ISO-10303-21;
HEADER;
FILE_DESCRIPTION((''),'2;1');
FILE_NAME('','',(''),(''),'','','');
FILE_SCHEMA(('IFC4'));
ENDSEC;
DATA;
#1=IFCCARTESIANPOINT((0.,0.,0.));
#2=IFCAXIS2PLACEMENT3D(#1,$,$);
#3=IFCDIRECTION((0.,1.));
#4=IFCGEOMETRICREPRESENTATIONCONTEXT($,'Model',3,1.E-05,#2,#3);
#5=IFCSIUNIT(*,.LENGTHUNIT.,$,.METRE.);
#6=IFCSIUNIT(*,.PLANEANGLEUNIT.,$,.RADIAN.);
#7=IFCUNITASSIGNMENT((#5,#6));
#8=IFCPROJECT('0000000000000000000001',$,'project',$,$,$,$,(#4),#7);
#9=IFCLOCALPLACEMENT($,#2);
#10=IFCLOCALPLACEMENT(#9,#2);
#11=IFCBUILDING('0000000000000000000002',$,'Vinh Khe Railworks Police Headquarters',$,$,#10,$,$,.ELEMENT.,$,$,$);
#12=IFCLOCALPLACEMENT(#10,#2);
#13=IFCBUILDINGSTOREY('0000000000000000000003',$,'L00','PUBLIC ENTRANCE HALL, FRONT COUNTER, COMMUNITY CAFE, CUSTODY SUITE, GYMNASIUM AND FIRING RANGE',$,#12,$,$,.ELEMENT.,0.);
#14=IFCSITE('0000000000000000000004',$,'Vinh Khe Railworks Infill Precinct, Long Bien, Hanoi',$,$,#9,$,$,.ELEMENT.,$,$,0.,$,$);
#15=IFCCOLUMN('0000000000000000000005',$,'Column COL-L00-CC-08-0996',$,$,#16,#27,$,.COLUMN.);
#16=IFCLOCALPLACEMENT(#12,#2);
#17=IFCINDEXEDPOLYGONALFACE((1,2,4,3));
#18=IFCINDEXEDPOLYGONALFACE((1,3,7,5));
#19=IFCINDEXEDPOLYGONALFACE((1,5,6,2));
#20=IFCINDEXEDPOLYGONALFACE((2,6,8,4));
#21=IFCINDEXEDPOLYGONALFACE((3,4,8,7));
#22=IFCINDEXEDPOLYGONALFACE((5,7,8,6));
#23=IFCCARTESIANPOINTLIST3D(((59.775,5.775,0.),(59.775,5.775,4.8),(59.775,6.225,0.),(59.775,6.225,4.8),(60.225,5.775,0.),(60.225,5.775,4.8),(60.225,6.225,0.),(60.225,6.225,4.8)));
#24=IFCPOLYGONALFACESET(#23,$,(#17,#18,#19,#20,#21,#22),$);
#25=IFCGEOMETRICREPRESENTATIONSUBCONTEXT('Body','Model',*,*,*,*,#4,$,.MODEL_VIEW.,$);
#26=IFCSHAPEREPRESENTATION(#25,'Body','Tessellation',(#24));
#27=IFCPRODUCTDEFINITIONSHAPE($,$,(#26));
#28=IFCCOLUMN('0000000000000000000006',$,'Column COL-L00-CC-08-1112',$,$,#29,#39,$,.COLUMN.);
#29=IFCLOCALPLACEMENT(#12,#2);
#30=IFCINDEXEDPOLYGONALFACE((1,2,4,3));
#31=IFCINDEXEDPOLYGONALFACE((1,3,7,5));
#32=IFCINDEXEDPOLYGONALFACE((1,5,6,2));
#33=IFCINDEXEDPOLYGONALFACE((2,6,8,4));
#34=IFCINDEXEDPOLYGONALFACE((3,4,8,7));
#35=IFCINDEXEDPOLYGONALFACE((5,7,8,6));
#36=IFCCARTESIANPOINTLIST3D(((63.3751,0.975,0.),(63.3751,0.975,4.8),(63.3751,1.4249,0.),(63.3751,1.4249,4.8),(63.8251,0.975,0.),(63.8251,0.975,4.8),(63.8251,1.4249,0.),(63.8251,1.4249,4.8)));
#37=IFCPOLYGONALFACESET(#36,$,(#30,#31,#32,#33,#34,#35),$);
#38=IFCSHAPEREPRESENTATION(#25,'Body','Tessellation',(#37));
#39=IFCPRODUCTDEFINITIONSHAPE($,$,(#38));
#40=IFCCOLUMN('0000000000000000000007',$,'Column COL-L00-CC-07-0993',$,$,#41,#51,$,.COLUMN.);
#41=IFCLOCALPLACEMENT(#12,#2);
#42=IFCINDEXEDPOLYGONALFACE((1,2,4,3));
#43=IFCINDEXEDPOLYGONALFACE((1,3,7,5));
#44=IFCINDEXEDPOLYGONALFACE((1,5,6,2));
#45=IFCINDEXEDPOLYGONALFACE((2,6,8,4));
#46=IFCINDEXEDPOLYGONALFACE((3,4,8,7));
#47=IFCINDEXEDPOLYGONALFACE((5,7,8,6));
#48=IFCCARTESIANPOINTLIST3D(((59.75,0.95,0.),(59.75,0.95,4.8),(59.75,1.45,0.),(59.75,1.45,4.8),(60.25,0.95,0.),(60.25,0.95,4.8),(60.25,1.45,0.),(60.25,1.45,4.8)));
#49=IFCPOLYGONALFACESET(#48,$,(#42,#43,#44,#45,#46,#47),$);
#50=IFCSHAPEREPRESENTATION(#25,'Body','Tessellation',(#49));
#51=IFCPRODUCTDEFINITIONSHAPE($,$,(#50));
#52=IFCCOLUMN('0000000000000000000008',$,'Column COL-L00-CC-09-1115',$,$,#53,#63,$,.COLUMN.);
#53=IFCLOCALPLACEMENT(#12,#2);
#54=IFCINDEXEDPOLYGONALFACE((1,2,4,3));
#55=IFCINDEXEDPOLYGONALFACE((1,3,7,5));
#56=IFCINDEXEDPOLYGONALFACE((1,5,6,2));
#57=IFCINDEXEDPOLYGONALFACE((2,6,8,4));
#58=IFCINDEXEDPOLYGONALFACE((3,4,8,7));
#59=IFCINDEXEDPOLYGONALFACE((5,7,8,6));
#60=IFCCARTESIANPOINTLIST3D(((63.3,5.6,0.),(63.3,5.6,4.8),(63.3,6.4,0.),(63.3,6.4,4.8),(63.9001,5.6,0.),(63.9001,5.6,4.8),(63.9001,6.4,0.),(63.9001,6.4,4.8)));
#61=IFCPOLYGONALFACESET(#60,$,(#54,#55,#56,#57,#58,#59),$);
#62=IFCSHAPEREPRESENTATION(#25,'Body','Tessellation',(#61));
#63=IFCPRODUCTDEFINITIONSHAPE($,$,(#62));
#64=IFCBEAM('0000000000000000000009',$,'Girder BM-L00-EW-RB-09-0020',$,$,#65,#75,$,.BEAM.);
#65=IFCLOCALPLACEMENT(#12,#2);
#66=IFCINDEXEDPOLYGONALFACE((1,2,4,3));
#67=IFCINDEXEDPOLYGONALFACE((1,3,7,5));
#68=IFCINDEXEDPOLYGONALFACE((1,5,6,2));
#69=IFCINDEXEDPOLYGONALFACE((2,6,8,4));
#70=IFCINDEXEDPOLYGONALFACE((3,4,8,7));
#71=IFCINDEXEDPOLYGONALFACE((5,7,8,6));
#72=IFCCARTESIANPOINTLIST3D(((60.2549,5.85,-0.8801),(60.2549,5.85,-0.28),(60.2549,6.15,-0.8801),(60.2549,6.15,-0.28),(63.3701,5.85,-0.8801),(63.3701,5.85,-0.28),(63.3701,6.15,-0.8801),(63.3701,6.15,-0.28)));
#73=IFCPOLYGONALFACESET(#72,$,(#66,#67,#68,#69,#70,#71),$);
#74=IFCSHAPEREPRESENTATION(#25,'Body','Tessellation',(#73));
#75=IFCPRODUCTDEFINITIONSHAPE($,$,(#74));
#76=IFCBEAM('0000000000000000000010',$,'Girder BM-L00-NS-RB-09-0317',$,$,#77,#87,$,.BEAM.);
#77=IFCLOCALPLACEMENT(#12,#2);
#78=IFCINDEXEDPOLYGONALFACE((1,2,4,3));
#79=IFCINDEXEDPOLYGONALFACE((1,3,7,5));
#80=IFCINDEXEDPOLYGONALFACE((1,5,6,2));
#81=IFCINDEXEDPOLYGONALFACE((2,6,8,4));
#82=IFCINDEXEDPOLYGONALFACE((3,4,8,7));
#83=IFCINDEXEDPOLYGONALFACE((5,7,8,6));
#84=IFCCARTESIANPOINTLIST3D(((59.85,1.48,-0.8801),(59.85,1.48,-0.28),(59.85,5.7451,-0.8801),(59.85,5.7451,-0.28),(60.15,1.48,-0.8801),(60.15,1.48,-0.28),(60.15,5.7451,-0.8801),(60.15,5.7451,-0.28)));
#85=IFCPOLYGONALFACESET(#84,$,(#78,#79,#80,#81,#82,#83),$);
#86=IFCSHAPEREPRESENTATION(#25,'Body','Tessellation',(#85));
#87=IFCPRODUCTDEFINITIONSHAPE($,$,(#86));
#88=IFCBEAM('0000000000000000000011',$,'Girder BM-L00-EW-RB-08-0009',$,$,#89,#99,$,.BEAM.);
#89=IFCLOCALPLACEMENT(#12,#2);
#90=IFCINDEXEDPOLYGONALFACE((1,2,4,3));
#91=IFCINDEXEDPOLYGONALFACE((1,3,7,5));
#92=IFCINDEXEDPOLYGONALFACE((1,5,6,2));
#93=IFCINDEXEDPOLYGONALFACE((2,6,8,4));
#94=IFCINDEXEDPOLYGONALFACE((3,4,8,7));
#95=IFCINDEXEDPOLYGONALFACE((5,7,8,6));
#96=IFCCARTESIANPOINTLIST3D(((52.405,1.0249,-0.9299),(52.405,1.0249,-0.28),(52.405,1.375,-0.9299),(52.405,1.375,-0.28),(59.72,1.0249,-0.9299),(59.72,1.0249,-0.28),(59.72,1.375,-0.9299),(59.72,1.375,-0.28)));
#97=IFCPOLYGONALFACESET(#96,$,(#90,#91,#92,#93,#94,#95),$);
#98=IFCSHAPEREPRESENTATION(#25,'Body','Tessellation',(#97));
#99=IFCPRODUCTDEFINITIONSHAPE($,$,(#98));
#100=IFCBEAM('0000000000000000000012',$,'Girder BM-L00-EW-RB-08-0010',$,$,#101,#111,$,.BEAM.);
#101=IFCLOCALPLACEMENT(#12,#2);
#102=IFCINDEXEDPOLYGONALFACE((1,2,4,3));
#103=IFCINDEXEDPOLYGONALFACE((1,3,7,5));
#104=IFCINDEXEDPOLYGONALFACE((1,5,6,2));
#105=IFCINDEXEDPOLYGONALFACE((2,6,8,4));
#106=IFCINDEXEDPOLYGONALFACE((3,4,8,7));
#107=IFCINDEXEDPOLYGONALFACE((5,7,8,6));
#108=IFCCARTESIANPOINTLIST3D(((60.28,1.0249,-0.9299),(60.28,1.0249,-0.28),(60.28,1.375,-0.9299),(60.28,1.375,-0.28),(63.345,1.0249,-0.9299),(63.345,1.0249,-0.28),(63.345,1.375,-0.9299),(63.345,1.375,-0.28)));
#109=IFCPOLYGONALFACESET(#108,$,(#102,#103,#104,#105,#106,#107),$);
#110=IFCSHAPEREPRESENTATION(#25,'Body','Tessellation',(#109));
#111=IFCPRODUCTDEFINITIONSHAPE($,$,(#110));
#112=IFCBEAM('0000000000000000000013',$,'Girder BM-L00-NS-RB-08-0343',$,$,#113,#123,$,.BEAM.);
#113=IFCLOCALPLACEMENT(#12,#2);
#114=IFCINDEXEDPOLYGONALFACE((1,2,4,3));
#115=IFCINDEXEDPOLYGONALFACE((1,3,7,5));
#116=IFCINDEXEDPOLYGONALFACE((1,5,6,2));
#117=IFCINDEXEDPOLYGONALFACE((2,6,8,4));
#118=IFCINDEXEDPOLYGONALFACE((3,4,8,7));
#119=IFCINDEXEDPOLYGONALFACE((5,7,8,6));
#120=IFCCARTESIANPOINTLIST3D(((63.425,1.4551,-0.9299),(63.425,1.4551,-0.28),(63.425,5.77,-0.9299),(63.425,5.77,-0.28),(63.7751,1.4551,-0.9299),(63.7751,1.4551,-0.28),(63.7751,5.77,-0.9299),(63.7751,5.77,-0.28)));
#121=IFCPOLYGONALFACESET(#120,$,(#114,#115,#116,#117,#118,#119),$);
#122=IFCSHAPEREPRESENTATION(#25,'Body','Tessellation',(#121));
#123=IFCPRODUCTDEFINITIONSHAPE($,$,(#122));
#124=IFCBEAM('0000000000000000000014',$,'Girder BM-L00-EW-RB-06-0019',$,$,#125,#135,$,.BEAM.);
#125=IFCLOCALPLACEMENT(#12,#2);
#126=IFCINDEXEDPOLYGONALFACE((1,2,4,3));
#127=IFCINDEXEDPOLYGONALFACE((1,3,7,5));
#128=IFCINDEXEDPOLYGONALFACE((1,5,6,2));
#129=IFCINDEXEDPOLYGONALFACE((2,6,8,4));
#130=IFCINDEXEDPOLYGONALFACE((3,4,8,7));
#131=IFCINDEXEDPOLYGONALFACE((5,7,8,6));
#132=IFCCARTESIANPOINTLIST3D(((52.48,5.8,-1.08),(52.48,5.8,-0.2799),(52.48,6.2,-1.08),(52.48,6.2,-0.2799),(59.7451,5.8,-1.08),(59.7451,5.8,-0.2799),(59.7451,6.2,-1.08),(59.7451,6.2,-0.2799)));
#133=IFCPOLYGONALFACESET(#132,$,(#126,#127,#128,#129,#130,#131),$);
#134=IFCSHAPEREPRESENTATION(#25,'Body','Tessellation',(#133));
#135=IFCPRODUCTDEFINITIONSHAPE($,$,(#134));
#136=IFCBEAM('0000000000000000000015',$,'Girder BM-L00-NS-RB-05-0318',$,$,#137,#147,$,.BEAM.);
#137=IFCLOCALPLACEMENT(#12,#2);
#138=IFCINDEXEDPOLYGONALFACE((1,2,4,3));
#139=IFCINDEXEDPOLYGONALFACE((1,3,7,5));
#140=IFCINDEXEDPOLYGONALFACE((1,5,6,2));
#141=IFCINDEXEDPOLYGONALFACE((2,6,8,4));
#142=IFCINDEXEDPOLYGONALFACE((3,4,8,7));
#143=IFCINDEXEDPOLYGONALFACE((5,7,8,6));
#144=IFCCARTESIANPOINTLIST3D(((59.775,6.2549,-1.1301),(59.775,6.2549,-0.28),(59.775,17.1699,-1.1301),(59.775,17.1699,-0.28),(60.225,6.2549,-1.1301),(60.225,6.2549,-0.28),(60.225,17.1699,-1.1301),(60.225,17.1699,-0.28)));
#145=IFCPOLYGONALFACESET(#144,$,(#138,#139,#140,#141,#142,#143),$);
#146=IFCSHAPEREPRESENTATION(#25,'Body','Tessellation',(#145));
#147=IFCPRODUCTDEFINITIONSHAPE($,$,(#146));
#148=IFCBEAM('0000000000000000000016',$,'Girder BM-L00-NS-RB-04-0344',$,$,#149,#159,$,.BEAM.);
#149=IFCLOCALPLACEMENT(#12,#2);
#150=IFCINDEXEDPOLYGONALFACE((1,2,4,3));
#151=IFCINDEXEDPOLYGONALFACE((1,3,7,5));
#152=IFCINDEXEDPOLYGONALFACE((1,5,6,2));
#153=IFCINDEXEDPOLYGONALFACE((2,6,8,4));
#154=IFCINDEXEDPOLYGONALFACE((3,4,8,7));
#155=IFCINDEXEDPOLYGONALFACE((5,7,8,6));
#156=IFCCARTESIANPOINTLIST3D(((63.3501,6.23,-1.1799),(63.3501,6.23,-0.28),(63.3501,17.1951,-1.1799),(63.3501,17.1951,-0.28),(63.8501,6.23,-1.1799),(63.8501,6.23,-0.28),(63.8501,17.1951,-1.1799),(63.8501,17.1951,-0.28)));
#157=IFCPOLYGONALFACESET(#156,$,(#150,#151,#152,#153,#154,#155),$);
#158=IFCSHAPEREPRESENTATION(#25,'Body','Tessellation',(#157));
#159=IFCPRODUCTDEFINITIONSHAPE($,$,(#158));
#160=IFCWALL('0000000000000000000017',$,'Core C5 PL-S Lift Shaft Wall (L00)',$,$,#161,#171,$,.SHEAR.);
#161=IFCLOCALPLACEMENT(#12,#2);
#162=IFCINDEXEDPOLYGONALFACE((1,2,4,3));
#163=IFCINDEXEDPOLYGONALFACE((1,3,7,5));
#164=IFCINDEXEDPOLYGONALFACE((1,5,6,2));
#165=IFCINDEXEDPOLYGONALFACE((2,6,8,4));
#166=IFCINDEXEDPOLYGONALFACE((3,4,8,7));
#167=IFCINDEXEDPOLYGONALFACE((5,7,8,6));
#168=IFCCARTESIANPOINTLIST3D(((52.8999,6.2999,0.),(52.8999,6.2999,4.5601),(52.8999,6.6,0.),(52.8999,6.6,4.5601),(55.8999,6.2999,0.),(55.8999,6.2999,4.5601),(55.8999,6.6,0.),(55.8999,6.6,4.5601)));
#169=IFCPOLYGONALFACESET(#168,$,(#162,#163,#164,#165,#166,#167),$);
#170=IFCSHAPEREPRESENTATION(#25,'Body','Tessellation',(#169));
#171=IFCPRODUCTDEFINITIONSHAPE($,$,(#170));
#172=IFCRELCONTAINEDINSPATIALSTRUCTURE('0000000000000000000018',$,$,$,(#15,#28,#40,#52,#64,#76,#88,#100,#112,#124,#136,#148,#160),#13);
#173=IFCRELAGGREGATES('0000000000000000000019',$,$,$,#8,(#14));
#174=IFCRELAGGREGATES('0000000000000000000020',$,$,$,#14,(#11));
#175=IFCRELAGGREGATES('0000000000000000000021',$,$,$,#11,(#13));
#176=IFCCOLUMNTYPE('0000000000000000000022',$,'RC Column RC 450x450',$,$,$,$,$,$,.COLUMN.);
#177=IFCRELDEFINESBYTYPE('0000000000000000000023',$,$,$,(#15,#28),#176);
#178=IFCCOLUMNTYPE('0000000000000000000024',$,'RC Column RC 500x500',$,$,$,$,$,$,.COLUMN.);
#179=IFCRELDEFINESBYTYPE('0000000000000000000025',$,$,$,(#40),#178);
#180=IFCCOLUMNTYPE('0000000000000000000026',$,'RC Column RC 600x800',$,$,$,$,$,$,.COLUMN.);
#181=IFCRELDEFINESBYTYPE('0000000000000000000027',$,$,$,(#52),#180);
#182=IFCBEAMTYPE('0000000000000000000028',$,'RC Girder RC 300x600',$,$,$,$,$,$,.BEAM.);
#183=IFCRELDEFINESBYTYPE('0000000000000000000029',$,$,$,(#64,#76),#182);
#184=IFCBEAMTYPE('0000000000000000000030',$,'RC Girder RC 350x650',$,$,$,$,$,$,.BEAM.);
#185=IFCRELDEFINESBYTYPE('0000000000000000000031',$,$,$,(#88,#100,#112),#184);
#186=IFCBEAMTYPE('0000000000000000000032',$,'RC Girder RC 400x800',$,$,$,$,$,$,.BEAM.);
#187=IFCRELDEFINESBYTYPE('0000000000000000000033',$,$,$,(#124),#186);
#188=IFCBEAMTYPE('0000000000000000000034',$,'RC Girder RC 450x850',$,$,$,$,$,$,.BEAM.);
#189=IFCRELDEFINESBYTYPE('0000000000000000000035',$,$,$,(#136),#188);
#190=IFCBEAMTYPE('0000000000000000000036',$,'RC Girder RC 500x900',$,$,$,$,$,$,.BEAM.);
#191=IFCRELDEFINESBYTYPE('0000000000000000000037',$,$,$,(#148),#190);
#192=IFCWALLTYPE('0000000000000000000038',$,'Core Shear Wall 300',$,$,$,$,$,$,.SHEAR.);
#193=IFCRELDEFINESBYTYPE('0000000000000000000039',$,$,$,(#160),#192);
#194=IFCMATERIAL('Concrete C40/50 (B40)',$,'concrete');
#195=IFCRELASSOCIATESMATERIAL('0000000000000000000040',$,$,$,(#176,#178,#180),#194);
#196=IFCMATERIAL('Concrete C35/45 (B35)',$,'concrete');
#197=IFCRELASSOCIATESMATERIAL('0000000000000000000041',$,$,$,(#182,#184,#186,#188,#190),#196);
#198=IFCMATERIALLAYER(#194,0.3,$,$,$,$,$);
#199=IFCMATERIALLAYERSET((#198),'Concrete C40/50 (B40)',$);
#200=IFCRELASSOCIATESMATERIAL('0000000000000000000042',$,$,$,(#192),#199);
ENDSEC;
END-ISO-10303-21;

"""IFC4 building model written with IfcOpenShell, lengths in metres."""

from ifc_helpers import new_model, si_unit, direction, frame, frame_2d, origin, origin_2d, place, context, subcontext, project, spatial, rectangle, extrude, material, layer, layer_set, material_profile, profile_set, type_object, element, save


model = new_model("IFC4")

# Units and contexts
model_context = context("Model", 3, precision=1e-05, world=origin(), true_north=direction((0.0, 1.0)))
body_context = subcontext(model_context, "Body", "Model", "MODEL_VIEW")
ifc_project = project(units=[si_unit("LENGTHUNIT", "METRE"), si_unit("PLANEANGLEUNIT", "RADIAN")], contexts=[model_context])

# Site, building, storey
site_placement = place(None, origin())
site = spatial("IfcSite", under=ifc_project, at=site_placement, Name="Vinh Khe Railworks Infill Precinct, Long Bien, Hanoi", CompositionType="ELEMENT", RefElevation=0.0)
building_placement = place(site_placement, origin())
building = spatial("IfcBuilding", under=site, at=building_placement, Name="Vinh Khe Railworks Police Headquarters", CompositionType="ELEMENT")
storey_placement = place(building_placement, origin())
storey = spatial("IfcBuildingStorey", under=building, at=storey_placement, Name="L00", Description="PUBLIC ENTRANCE HALL, FRONT COUNTER, COMMUNITY CAFE, CUSTODY SUITE, GYMNASIUM AND FIRING RANGE", CompositionType="ELEMENT", Elevation=0.0)

# Columns
ifc_material_1 = material(Name="Concrete C40/50 (B40)", Category="concrete")
ifc_material_profile_1 = material_profile(ifc_material_1, rectangle(XDim=0.45, YDim=0.45, at=origin_2d()), Name="RC 450x450")
ifc_profile_set_1 = profile_set([ifc_material_profile_1], Name="Concrete C40/50 (B40)")
column_type_1 = type_object("IfcColumnType", Name="RC Column RC 450x450", PredefinedType="COLUMN", material=ifc_profile_set_1)
for number, where, z_axis, x_axis, name in (
    (1, (60.0, 6.0, 0.0), (0.0, 0.0, 1.0), (1.0, 0.0, 0.0), "Column COL-L00-CC-08-0996"),
    (2, (63.6001, 1.2, 0.0), (0.0, 0.0, 1.0), (1.0, 0.0, 0.0), "Column COL-L00-CC-08-1112"),
):
    element("IfcColumn", number, at=place(storey_placement, frame(where, z_axis=z_axis, x_axis=x_axis)), inside=storey, type_object=column_type_1, Name=name, PredefinedType="COLUMN", context=body_context, shape_type="SweptSolid", body=[
        extrude(rectangle(XDim=0.45, YDim=0.45, at=origin_2d()), origin(), (0.0, 0.0, 1.0), 4.8),
    ])
ifc_material_profile_2 = material_profile(ifc_material_1, rectangle(XDim=0.5, YDim=0.5, at=origin_2d()), Name="RC 500x500")
ifc_profile_set_2 = profile_set([ifc_material_profile_2], Name="Concrete C40/50 (B40)")
column_type_2 = type_object("IfcColumnType", Name="RC Column RC 500x500", PredefinedType="COLUMN", material=ifc_profile_set_2)
column_1_placement = place(storey_placement, frame((60.0, 1.2, 0.0), z_axis=(0.0, 0.0, 1.0), x_axis=(1.0, 0.0, 0.0)))
element("IfcColumn", 3, at=column_1_placement, inside=storey, type_object=column_type_2, Name="Column COL-L00-CC-07-0993", PredefinedType="COLUMN", context=body_context, shape_type="SweptSolid", body=[
    extrude(rectangle(XDim=0.5, YDim=0.5, at=origin_2d()), origin(), (0.0, 0.0, 1.0), 4.8),
])
ifc_material_profile_3 = material_profile(ifc_material_1, rectangle(XDim=0.6001, YDim=0.8, at=origin_2d()), Name="RC 600x800")
ifc_profile_set_3 = profile_set([ifc_material_profile_3], Name="Concrete C40/50 (B40)")
column_type_3 = type_object("IfcColumnType", Name="RC Column RC 600x800", PredefinedType="COLUMN", material=ifc_profile_set_3)
column_2_placement = place(storey_placement, frame((63.6001, 6.0, 0.0), z_axis=(0.0, 0.0, 1.0), x_axis=(1.0, 0.0, 0.0)))
element("IfcColumn", 4, at=column_2_placement, inside=storey, type_object=column_type_3, Name="Column COL-L00-CC-09-1115", PredefinedType="COLUMN", context=body_context, shape_type="SweptSolid", body=[
    extrude(rectangle(XDim=0.6001, YDim=0.8, at=origin_2d()), origin(), (0.0, 0.0, 1.0), 4.8),
])

# Beams
ifc_material_2 = material(Name="Concrete C35/45 (B35)", Category="concrete")
ifc_material_profile_4 = material_profile(ifc_material_2, rectangle(XDim=0.3, YDim=0.6001, at=origin_2d()), Name="RC 300x600")
ifc_profile_set_4 = profile_set([ifc_material_profile_4], Name="Concrete C35/45 (B35)")
beam_type_1 = type_object("IfcBeamType", Name="RC Girder RC 300x600", PredefinedType="BEAM", material=ifc_profile_set_4)
beam_1_placement = place(storey_placement, frame((60.2549, 6.0, -0.5801), z_axis=(1.0, 0.0, 0.0), x_axis=(0.0, 1.0, 0.0)))
element("IfcBeam", 5, at=beam_1_placement, inside=storey, type_object=beam_type_1, Name="Girder BM-L00-EW-RB-09-0020", PredefinedType="BEAM", context=body_context, shape_type="SweptSolid", body=[
    extrude(rectangle(XDim=0.3, YDim=0.6001, at=origin_2d()), origin(), (0.0, 0.0, 1.0), 3.1152),
])
beam_2_placement = place(storey_placement, frame((60.0, 1.48, -0.5801), z_axis=(0.0, 1.0, 0.0), x_axis=(-1.0, 0.0, 0.0)))
element("IfcBeam", 6, at=beam_2_placement, inside=storey, type_object=beam_type_1, Name="Girder BM-L00-NS-RB-09-0317", PredefinedType="BEAM", context=body_context, shape_type="SweptSolid", body=[
    extrude(rectangle(XDim=0.3, YDim=0.6001, at=origin_2d()), origin(), (0.0, 0.0, 1.0), 4.2651),
])
ifc_material_profile_5 = material_profile(ifc_material_2, rectangle(XDim=0.3501, YDim=0.6499, at=origin_2d()), Name="RC 350x650")
ifc_profile_set_5 = profile_set([ifc_material_profile_5], Name="Concrete C35/45 (B35)")
beam_type_2 = type_object("IfcBeamType", Name="RC Girder RC 350x650", PredefinedType="BEAM", material=ifc_profile_set_5)
beam_3_placement = place(storey_placement, frame((52.405, 1.2, -0.605), z_axis=(1.0, 0.0, 0.0), x_axis=(0.0, 1.0, 0.0)))
element("IfcBeam", 7, at=beam_3_placement, inside=storey, type_object=beam_type_2, Name="Girder BM-L00-EW-RB-08-0009", PredefinedType="BEAM", context=body_context, shape_type="SweptSolid", body=[
    extrude(rectangle(XDim=0.3501, YDim=0.6499, at=origin_2d()), origin(), (0.0, 0.0, 1.0), 7.3149),
])
beam_4_placement = place(storey_placement, frame((60.28, 1.2, -0.605), z_axis=(1.0, 0.0, 0.0), x_axis=(0.0, 1.0, 0.0)))
element("IfcBeam", 8, at=beam_4_placement, inside=storey, type_object=beam_type_2, Name="Girder BM-L00-EW-RB-08-0010", PredefinedType="BEAM", context=body_context, shape_type="SweptSolid", body=[
    extrude(rectangle(XDim=0.3501, YDim=0.6499, at=origin_2d()), origin(), (0.0, 0.0, 1.0), 3.0649),
])
beam_5_placement = place(storey_placement, frame((63.6001, 1.4551, -0.605), z_axis=(0.0, 1.0, 0.0), x_axis=(-1.0, 0.0, 0.0)))
element("IfcBeam", 9, at=beam_5_placement, inside=storey, type_object=beam_type_2, Name="Girder BM-L00-NS-RB-08-0343", PredefinedType="BEAM", context=body_context, shape_type="SweptSolid", body=[
    extrude(rectangle(XDim=0.3501, YDim=0.6499, at=origin_2d()), origin(), (0.0, 0.0, 1.0), 4.3149),
])
ifc_material_profile_6 = material_profile(ifc_material_2, rectangle(XDim=0.3999, YDim=0.8, at=origin_2d()), Name="RC 400x800")
ifc_profile_set_6 = profile_set([ifc_material_profile_6], Name="Concrete C35/45 (B35)")
beam_type_3 = type_object("IfcBeamType", Name="RC Girder RC 400x800", PredefinedType="BEAM", material=ifc_profile_set_6)
beam_6_placement = place(storey_placement, frame((52.48, 6.0, -0.6799), z_axis=(1.0, 0.0, 0.0), x_axis=(0.0, 1.0, 0.0)))
element("IfcBeam", 10, at=beam_6_placement, inside=storey, type_object=beam_type_3, Name="Girder BM-L00-EW-RB-06-0019", PredefinedType="BEAM", context=body_context, shape_type="SweptSolid", body=[
    extrude(rectangle(XDim=0.3999, YDim=0.8, at=origin_2d()), origin(), (0.0, 0.0, 1.0), 7.2651),
])
ifc_material_profile_7 = material_profile(ifc_material_2, rectangle(XDim=0.45, YDim=0.8501, at=origin_2d()), Name="RC 450x850")
ifc_profile_set_7 = profile_set([ifc_material_profile_7], Name="Concrete C35/45 (B35)")
beam_type_4 = type_object("IfcBeamType", Name="RC Girder RC 450x850", PredefinedType="BEAM", material=ifc_profile_set_7)
beam_7_placement = place(storey_placement, frame((60.0, 6.2549, -0.7051), z_axis=(0.0, 1.0, 0.0), x_axis=(-1.0, 0.0, 0.0)))
element("IfcBeam", 11, at=beam_7_placement, inside=storey, type_object=beam_type_4, Name="Girder BM-L00-NS-RB-05-0318", PredefinedType="BEAM", context=body_context, shape_type="SweptSolid", body=[
    extrude(rectangle(XDim=0.45, YDim=0.8501, at=origin_2d()), origin(), (0.0, 0.0, 1.0), 10.915),
])
ifc_material_profile_8 = material_profile(ifc_material_2, rectangle(XDim=0.5, YDim=0.8999, at=origin_2d()), Name="RC 500x900")
ifc_profile_set_8 = profile_set([ifc_material_profile_8], Name="Concrete C35/45 (B35)")
beam_type_5 = type_object("IfcBeamType", Name="RC Girder RC 500x900", PredefinedType="BEAM", material=ifc_profile_set_8)
beam_8_placement = place(storey_placement, frame((63.6001, 6.23, -0.73), z_axis=(0.0, 1.0, 0.0), x_axis=(-1.0, 0.0, 0.0)))
element("IfcBeam", 12, at=beam_8_placement, inside=storey, type_object=beam_type_5, Name="Girder BM-L00-NS-RB-04-0344", PredefinedType="BEAM", context=body_context, shape_type="SweptSolid", body=[
    extrude(rectangle(XDim=0.5, YDim=0.8999, at=origin_2d()), origin(), (0.0, 0.0, 1.0), 10.9651),
])

# Wall
ifc_layer_1 = layer(ifc_material_1, 0.3)
ifc_layer_set_1 = layer_set([ifc_layer_1], Name="Concrete C40/50 (B40)")
wall_type_1 = type_object("IfcWallType", Name="Core Shear Wall 300", PredefinedType="SHEAR", material=ifc_layer_set_1)
wall_1_placement = place(storey_placement, frame((52.8999, 6.45, 0.0), z_axis=(0.0, 0.0, 1.0), x_axis=(1.0, 0.0, 0.0)))
element("IfcWall", 13, at=wall_1_placement, inside=storey, type_object=wall_type_1, Name="Core C5 PL-S Lift Shaft Wall (L00)", PredefinedType="SHEAR", context=body_context, shape_type="SweptSolid", body=[
    extrude(rectangle(XDim=3.0, YDim=0.3, at=frame_2d((1.5, 0.0))), origin(), (0.0, 0.0, 1.0), 4.5601),
])

save(model, "model.ifc")
